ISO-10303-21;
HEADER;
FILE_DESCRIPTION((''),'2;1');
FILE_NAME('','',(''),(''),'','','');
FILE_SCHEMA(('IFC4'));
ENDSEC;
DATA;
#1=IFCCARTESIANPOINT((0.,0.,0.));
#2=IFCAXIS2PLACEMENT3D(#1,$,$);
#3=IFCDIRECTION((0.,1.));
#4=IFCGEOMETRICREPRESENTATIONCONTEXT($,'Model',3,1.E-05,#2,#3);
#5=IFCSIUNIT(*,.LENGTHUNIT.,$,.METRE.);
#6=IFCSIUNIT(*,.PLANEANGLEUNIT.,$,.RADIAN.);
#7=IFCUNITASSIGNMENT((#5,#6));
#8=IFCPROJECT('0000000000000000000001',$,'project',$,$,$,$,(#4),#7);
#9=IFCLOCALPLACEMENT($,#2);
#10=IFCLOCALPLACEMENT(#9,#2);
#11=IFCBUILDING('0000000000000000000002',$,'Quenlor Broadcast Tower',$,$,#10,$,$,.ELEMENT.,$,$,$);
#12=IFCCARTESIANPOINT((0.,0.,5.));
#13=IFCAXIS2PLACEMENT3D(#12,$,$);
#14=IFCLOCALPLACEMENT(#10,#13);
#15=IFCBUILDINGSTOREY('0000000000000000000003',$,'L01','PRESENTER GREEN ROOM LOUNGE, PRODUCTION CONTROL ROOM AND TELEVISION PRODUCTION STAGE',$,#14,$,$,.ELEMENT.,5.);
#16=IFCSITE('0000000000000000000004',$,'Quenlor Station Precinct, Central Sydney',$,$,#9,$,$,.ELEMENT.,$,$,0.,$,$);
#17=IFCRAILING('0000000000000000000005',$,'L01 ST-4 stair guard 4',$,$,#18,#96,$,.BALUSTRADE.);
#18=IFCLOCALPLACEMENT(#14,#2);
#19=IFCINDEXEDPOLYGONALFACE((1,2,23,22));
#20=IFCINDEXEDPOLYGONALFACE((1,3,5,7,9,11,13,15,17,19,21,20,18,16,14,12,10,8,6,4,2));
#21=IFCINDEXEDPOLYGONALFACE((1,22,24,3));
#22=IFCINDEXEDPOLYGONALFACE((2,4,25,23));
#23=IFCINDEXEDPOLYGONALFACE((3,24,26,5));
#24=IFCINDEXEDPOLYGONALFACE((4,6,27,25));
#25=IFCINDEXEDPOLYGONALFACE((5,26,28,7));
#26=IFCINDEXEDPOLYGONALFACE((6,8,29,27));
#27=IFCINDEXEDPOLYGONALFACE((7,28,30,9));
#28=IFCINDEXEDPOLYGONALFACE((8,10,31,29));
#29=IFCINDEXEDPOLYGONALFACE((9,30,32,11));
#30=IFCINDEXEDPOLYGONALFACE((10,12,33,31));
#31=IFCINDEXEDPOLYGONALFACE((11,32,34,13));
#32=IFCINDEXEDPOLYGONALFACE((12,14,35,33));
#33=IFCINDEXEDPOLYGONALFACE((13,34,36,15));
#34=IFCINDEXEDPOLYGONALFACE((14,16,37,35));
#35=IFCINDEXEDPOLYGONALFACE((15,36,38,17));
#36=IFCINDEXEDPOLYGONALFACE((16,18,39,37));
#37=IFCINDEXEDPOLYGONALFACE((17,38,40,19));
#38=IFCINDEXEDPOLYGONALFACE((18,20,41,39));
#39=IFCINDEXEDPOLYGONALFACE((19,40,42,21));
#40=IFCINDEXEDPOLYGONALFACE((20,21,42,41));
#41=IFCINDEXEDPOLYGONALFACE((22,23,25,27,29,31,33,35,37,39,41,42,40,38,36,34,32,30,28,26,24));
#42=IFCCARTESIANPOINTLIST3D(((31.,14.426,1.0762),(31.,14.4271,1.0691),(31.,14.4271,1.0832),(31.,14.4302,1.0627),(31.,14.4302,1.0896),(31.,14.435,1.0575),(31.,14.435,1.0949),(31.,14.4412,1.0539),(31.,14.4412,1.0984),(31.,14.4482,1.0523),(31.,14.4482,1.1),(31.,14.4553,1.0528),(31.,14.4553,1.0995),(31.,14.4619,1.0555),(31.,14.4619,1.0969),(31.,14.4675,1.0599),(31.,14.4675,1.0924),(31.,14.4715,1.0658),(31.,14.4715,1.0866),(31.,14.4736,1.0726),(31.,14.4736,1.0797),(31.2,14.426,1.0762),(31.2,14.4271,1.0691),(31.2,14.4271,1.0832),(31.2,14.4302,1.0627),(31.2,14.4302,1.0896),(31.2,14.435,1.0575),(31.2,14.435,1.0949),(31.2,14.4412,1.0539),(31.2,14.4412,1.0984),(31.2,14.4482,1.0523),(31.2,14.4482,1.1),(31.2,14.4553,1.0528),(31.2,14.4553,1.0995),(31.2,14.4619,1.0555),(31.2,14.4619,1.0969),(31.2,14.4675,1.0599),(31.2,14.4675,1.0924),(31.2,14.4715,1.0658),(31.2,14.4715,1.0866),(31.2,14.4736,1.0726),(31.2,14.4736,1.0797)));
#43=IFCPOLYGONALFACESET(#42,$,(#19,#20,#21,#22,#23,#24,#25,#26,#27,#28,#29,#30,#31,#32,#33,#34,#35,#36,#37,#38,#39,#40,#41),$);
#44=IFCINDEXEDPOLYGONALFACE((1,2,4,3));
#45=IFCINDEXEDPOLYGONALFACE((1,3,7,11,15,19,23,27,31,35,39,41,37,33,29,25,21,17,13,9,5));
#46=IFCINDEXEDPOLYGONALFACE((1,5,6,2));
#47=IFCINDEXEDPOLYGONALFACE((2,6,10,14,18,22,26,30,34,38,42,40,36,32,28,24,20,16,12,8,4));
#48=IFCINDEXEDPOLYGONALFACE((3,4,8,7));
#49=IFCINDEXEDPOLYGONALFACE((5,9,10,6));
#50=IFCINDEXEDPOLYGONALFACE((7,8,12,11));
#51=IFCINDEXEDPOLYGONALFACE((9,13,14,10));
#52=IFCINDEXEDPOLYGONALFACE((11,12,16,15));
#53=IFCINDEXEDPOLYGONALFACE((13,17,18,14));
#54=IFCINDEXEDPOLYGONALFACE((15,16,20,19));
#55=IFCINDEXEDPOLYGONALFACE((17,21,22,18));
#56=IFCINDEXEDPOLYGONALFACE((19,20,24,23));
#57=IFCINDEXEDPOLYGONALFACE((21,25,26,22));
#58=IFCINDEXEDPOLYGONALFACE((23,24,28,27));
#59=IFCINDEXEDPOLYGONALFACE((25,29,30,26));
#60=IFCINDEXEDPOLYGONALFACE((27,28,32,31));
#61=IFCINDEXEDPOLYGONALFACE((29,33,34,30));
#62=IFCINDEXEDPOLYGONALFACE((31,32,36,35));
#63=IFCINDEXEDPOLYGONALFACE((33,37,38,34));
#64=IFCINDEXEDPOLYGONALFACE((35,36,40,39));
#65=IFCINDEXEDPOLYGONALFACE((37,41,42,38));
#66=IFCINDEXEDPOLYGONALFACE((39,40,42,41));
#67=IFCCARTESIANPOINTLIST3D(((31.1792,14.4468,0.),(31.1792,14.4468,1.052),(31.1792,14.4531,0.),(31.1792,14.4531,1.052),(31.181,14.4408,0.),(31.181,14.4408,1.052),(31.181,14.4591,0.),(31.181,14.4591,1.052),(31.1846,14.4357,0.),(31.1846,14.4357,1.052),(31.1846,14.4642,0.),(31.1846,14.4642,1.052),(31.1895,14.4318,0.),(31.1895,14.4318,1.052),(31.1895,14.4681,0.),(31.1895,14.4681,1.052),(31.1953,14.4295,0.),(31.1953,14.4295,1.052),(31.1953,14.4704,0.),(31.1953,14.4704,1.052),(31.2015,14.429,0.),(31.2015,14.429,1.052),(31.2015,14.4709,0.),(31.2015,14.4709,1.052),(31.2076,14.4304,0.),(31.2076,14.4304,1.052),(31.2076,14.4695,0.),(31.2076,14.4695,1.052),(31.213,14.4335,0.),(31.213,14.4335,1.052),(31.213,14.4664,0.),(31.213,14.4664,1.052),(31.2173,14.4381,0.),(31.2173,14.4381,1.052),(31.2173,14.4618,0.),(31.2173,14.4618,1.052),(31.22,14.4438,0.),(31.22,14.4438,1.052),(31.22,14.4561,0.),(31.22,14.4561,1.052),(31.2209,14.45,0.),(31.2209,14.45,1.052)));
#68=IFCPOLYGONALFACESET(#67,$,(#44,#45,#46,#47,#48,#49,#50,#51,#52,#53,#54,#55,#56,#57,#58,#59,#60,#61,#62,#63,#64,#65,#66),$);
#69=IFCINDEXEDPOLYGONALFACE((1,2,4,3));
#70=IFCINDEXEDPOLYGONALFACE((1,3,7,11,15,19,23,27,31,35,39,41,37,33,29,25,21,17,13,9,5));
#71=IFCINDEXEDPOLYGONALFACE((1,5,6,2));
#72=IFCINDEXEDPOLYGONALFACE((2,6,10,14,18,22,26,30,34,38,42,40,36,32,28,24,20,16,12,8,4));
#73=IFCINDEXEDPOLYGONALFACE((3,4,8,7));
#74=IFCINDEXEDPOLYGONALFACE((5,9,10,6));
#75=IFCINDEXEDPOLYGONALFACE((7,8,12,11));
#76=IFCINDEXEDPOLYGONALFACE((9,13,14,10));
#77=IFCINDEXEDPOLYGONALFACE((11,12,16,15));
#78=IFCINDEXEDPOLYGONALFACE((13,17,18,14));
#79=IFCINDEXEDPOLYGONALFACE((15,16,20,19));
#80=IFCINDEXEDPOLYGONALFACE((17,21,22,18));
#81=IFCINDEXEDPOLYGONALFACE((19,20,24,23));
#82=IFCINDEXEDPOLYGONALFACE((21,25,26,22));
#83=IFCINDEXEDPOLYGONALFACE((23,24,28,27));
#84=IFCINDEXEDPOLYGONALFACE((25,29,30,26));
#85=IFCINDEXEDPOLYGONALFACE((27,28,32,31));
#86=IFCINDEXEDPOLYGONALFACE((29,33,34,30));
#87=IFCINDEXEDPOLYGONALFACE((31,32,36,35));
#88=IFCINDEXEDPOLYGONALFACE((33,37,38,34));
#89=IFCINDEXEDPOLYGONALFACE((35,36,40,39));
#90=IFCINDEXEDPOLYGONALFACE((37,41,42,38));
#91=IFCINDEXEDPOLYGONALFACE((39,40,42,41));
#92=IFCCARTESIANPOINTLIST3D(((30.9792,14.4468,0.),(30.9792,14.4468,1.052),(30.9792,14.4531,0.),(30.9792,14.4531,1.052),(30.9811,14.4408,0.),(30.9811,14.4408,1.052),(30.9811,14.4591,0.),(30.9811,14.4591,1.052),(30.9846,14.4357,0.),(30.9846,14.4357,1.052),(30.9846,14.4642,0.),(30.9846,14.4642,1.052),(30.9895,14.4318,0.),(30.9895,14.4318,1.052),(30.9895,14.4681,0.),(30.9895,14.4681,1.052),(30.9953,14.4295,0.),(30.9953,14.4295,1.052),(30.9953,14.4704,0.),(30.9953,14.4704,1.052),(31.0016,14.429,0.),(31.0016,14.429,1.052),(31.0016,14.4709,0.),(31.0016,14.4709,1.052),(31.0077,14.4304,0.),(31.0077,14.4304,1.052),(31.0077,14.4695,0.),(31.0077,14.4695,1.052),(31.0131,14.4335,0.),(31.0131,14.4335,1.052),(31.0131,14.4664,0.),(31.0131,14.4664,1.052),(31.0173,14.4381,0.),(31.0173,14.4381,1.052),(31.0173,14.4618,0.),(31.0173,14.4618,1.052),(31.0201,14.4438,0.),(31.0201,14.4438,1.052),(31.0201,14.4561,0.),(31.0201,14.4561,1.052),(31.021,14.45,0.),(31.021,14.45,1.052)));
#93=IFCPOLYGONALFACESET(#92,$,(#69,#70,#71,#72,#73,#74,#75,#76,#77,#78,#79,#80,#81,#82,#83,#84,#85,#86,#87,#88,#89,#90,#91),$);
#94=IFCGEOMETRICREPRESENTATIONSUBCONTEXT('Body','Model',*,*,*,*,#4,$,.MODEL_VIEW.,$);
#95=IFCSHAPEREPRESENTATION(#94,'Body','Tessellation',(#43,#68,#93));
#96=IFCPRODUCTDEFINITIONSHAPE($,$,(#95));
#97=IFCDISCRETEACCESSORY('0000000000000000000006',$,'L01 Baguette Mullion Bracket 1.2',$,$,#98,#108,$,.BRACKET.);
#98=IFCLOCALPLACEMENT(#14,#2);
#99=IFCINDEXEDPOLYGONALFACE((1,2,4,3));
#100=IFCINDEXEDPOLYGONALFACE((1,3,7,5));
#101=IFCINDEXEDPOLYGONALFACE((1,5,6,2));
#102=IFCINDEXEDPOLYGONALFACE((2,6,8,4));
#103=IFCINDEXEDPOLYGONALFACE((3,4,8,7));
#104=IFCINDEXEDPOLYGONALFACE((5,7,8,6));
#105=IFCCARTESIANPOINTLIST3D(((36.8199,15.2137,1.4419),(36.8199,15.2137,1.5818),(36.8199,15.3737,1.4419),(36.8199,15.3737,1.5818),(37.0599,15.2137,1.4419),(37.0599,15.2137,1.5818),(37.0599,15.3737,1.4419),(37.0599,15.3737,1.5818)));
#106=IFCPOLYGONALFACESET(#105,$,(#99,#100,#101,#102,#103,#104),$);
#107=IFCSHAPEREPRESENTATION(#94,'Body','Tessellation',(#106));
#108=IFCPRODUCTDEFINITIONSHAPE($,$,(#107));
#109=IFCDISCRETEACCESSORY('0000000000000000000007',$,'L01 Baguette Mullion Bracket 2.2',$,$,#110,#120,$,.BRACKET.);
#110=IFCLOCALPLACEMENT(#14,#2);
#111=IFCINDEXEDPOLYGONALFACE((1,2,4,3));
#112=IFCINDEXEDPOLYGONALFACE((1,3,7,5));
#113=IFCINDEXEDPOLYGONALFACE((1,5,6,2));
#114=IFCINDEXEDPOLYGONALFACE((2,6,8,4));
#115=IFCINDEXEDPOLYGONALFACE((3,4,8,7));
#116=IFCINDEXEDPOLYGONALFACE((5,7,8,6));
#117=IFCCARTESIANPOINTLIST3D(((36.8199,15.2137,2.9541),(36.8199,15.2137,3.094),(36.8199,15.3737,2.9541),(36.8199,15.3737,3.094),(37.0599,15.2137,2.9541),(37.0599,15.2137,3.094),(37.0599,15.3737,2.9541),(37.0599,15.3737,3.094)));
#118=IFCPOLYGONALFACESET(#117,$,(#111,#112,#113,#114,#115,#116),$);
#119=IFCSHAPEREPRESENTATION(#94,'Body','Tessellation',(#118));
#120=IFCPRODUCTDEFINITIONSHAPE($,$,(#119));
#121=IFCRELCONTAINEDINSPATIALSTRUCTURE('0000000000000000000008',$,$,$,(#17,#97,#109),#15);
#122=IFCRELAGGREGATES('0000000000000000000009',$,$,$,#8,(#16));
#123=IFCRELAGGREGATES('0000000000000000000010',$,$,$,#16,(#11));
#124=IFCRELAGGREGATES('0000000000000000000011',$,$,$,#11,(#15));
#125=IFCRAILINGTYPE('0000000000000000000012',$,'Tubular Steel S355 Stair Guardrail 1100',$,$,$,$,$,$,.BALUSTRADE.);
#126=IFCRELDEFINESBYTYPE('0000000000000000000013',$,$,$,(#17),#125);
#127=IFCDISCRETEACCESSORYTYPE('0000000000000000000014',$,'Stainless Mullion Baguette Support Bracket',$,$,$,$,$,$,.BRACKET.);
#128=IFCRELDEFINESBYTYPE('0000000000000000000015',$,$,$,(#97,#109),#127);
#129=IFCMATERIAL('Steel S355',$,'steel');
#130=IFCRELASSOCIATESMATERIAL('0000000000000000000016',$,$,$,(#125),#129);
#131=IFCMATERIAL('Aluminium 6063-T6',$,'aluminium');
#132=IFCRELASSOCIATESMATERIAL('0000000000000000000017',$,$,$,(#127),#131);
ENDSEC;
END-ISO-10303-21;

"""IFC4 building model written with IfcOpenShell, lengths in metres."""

from ifc_helpers import new_model, si_unit, direction, frame, origin, origin_2d, place, context, subcontext, project, spatial, rectangle, circle, extrude, material, type_object, element, save


model = new_model("IFC4")

# Units and contexts
model_context = context("Model", 3, precision=1e-05, world=origin(), true_north=direction((0.0, 1.0)))
body_context = subcontext(model_context, "Body", "Model", "MODEL_VIEW")
ifc_project = project(units=[si_unit("LENGTHUNIT", "METRE"), si_unit("PLANEANGLEUNIT", "RADIAN")], contexts=[model_context])

# Site, building, storey
site_placement = place(None, origin())
site = spatial("IfcSite", under=ifc_project, at=site_placement, Name="Quenlor Station Precinct, Central Sydney", CompositionType="ELEMENT", RefElevation=0.0)
building_placement = place(site_placement, origin())
building = spatial("IfcBuilding", under=site, at=building_placement, Name="Quenlor Broadcast Tower", CompositionType="ELEMENT")
storey_placement = place(building_placement, frame((0.0, 0.0, 5.0)))
storey = spatial("IfcBuildingStorey", under=building, at=storey_placement, Name="L01", Description="PRESENTER GREEN ROOM LOUNGE, PRODUCTION CONTROL ROOM AND TELEVISION PRODUCTION STAGE", CompositionType="ELEMENT", Elevation=5.0)

# Railing
ifc_material_1 = material(Name="Steel S355", Category="steel")
railing_type_1 = type_object("IfcRailingType", Name="Tubular Steel S355 Stair Guardrail 1100", PredefinedType="BALUSTRADE", material=ifc_material_1)
railing_1_placement = place(storey_placement, frame((31.2, 14.45, 0.0)))
element("IfcRailing", 1, at=railing_1_placement, inside=storey, type_object=railing_type_1, Name="L01 ST-4 stair guard 4", PredefinedType="BALUSTRADE", context=body_context, shape_type="SweptSolid", body=[
    extrude(circle(Radius=0.0239, at=origin_2d()), frame((0.0, 0.0, 1.0762), z_axis=(-1.0, 0.0, 0.0), x_axis=(0.0, -1.0, 0.0)), (0.0, 0.0, 1.0), 0.2),
    extrude(circle(Radius=0.021, at=origin_2d()), origin(), (0.0, 0.0, 1.0), 1.052),
    extrude(circle(Radius=0.021, at=origin_2d()), frame((-0.2, 0.0, 0.0)), (0.0, 0.0, 1.0), 1.052),
])

# Discrete accessories
ifc_material_2 = material(Name="Aluminium 6063-T6", Category="aluminium")
discrete_accessory_type = type_object("IfcDiscreteAccessoryType", Name="Stainless Mullion Baguette Support Bracket", PredefinedType="BRACKET", material=ifc_material_2)
for number, where, z_axis, x_axis, name in (
    (2, (36.9399, 15.2937, 1.4419), (0.0, 0.0, 1.0), (0.0, -1.0, 0.0), "L01 Baguette Mullion Bracket 1.2"),
    (3, (36.9399, 15.2937, 2.9541), (0.0, 0.0, 1.0), (0.0, -1.0, 0.0), "L01 Baguette Mullion Bracket 2.2"),
):
    element("IfcDiscreteAccessory", number, at=place(storey_placement, frame(where, z_axis=z_axis, x_axis=x_axis)), inside=storey, type_object=discrete_accessory_type, Name=name, PredefinedType="BRACKET", context=body_context, shape_type="SweptSolid", body=[
        extrude(rectangle(XDim=0.1599, YDim=0.24, at=origin_2d()), origin(), (0.0, 0.0, 1.0), 0.1399),
    ])

save(model, "model.ifc")
